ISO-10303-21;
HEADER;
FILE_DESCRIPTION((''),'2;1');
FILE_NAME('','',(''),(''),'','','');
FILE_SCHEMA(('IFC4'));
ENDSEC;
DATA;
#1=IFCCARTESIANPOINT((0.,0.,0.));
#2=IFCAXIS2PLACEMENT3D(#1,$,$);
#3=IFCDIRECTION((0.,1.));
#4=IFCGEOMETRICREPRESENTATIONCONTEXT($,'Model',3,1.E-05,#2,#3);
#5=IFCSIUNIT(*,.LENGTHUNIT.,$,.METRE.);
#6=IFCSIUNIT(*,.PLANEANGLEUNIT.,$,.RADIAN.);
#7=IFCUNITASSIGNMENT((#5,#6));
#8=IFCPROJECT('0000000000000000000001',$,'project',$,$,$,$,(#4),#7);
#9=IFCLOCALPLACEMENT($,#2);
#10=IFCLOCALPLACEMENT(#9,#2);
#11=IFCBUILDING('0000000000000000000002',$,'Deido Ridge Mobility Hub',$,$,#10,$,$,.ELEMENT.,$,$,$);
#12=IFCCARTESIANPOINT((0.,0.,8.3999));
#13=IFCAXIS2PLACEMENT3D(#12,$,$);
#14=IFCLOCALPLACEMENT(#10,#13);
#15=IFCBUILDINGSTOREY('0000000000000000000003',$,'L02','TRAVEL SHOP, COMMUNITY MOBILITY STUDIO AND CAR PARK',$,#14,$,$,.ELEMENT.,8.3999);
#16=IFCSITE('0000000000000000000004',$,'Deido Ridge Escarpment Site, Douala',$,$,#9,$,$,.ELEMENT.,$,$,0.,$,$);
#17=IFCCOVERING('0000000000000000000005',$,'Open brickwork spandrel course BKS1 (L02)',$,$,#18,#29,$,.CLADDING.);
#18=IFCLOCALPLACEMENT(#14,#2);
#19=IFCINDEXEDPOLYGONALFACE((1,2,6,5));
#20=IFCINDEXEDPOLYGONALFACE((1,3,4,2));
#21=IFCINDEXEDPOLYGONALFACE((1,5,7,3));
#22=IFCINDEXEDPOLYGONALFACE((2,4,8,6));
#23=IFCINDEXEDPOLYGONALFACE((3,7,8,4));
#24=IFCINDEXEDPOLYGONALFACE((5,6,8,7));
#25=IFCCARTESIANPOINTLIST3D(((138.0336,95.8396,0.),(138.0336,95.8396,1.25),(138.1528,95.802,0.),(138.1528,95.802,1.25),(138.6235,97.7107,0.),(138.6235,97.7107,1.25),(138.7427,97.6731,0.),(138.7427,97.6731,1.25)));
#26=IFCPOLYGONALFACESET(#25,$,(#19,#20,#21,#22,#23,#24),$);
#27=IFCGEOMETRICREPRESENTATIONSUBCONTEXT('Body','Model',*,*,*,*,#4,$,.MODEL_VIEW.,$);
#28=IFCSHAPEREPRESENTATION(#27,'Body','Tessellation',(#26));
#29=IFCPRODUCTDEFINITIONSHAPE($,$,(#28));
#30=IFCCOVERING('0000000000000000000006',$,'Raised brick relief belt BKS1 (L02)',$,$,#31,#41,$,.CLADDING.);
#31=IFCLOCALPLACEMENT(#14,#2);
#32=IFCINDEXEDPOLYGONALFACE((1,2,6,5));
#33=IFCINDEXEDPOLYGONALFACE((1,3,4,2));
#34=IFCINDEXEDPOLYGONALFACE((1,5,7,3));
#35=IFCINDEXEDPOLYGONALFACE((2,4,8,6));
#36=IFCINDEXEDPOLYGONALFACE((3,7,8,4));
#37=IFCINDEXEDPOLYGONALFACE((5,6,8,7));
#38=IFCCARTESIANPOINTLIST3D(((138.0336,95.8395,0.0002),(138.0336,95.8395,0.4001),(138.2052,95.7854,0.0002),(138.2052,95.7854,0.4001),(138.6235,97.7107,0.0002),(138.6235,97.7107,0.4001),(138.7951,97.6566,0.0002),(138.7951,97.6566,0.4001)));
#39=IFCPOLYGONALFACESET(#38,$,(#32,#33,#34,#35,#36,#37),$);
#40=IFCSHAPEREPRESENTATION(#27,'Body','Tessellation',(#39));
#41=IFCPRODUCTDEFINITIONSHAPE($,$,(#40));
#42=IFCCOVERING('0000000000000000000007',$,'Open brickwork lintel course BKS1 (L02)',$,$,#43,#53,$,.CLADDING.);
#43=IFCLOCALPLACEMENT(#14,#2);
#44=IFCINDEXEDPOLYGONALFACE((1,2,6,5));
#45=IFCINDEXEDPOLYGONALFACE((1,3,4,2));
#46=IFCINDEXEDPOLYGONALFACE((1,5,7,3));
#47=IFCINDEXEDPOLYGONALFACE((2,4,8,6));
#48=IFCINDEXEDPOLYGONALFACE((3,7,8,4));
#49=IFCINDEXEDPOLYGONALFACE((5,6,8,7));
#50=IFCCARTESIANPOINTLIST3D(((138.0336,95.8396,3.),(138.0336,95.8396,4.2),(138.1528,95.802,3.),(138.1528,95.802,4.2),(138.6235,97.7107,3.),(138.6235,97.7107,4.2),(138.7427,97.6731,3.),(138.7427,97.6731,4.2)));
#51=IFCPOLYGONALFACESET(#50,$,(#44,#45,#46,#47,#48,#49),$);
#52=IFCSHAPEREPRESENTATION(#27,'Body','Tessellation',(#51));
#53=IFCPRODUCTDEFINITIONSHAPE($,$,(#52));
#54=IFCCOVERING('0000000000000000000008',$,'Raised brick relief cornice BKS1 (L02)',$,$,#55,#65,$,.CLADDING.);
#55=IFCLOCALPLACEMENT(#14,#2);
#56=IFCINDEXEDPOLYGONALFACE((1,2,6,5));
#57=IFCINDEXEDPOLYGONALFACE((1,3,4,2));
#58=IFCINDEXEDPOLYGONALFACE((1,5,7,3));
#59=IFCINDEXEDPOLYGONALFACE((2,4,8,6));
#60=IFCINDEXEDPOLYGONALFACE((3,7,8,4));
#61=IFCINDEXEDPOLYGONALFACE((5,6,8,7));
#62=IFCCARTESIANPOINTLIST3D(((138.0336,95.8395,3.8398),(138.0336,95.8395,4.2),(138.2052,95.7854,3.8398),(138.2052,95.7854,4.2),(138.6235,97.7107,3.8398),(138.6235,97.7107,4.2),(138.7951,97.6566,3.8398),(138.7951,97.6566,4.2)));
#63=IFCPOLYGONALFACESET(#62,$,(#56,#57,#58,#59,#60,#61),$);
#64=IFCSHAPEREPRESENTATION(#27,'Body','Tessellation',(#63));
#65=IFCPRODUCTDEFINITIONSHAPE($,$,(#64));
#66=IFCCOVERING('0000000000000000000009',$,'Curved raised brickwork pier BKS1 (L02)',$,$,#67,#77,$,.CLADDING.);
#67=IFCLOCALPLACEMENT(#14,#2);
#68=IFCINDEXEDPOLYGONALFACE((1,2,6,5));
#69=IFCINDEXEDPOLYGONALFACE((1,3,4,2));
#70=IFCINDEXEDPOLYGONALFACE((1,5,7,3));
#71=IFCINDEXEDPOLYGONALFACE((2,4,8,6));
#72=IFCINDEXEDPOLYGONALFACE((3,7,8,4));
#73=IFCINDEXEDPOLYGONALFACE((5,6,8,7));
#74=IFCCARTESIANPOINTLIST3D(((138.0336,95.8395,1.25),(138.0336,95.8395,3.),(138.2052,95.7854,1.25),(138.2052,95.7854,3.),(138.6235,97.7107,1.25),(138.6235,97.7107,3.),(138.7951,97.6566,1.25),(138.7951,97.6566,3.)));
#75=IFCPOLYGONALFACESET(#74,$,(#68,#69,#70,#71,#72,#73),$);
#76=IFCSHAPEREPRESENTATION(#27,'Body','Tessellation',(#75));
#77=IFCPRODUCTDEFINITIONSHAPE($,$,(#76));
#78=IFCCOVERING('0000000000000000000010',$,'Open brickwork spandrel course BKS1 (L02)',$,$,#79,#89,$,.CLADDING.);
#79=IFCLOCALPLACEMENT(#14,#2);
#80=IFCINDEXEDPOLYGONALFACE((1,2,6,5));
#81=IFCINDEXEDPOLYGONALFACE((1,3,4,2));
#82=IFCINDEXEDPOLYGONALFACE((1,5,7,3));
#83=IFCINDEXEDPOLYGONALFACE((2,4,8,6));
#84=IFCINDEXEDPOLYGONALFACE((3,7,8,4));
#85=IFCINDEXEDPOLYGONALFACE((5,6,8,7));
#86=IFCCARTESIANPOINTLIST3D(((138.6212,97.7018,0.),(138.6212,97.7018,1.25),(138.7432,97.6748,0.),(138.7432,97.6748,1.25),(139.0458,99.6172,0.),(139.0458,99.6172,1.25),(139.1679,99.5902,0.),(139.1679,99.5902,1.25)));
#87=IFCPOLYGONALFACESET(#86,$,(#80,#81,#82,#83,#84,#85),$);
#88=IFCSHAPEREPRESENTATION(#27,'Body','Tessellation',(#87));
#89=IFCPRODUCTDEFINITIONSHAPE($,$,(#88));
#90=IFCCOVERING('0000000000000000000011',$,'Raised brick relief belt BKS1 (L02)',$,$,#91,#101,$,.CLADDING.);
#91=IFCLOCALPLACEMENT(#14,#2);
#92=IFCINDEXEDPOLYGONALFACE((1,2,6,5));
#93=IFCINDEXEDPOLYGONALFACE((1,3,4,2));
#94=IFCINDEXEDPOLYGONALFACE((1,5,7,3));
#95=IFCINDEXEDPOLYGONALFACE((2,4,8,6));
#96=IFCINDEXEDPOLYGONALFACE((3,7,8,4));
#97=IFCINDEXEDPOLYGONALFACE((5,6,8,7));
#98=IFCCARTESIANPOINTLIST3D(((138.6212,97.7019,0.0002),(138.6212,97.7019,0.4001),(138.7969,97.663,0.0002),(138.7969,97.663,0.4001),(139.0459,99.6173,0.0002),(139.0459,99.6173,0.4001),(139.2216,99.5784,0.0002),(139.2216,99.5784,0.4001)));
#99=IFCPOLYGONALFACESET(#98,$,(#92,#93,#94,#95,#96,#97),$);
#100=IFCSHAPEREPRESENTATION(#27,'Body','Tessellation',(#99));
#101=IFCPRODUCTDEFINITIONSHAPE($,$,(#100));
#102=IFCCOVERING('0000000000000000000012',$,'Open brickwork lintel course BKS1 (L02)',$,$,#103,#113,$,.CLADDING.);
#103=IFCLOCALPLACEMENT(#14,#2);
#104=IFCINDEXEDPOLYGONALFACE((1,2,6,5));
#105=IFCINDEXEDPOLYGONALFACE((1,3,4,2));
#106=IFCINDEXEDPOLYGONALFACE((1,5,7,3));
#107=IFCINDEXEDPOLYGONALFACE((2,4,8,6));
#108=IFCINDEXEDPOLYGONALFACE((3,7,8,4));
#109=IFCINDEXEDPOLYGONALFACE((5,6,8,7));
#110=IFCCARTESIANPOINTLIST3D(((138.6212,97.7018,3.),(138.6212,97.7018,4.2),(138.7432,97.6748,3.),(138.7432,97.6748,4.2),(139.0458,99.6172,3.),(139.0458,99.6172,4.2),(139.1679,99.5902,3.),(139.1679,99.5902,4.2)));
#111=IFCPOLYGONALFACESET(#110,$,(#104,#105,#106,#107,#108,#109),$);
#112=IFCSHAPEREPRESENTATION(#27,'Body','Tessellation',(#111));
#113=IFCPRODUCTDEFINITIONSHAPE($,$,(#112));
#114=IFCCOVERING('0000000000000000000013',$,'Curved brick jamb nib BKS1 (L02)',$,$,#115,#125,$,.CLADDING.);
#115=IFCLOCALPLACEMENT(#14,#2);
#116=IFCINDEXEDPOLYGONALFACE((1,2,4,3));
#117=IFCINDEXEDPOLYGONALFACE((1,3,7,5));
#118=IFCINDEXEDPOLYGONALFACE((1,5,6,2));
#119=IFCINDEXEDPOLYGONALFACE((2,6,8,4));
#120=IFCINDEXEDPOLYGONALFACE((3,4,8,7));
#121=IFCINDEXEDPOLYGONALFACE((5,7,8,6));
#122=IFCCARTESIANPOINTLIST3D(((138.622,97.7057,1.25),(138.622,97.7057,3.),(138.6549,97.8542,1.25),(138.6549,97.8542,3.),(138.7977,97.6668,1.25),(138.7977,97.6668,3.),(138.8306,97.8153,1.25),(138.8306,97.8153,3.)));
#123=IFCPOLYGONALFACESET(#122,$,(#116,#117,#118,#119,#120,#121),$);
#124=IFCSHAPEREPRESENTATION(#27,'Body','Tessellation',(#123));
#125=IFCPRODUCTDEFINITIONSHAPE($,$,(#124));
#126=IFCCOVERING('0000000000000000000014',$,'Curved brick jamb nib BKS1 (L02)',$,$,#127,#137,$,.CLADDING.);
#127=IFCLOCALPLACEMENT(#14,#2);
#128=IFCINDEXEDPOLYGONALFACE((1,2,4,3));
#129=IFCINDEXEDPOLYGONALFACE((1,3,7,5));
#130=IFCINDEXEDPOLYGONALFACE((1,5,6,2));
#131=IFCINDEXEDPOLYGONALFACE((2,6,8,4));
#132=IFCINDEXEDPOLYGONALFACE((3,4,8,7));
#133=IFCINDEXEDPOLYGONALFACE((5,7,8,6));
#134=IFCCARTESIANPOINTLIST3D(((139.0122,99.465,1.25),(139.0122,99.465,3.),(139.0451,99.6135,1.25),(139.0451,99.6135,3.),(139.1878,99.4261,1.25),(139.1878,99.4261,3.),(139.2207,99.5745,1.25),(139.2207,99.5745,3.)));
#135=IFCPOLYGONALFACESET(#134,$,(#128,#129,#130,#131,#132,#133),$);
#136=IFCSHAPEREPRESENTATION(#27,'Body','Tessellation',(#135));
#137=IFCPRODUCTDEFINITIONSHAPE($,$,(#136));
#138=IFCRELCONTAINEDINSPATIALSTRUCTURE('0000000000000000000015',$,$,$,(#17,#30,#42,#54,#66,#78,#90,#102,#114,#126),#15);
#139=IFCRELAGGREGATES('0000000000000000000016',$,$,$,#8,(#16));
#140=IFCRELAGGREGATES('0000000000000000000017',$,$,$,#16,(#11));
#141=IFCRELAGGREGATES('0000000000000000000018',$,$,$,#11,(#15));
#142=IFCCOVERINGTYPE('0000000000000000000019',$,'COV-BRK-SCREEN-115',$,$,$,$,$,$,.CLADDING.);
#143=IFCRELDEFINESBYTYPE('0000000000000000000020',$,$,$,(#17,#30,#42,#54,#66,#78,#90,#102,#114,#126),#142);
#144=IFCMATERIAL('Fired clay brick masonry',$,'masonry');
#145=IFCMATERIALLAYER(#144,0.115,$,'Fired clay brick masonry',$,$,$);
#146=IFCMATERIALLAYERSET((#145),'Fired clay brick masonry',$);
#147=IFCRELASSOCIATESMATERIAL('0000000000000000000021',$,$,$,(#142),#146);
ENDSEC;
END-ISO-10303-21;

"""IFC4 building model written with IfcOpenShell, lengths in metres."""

from ifc_helpers import new_model, si_unit, direction, frame, origin, origin_2d, place, context, subcontext, project, spatial, rectangle, extrude, material, layer, layer_set, type_object, element, save


model = new_model("IFC4")

# Units and contexts
model_context = context("Model", 3, precision=1e-05, world=origin(), true_north=direction((0.0, 1.0)))
body_context = subcontext(model_context, "Body", "Model", "MODEL_VIEW")
ifc_project = project(units=[si_unit("LENGTHUNIT", "METRE"), si_unit("PLANEANGLEUNIT", "RADIAN")], contexts=[model_context])

# Site, building, storey
site_placement = place(None, origin())
site = spatial("IfcSite", under=ifc_project, at=site_placement, Name="Deido Ridge Escarpment Site, Douala", CompositionType="ELEMENT", RefElevation=0.0)
building_placement = place(site_placement, origin())
building = spatial("IfcBuilding", under=site, at=building_placement, Name="Deido Ridge Mobility Hub", CompositionType="ELEMENT")
storey_placement = place(building_placement, frame((0.0, 0.0, 8.3999)))
storey = spatial("IfcBuildingStorey", under=building, at=storey_placement, Name="L02", Description="TRAVEL SHOP, COMMUNITY MOBILITY STUDIO AND CAR PARK", CompositionType="ELEMENT", Elevation=8.3999)

# Coverings
ifc_material_1 = material(Name="Fired clay brick masonry", Category="masonry")
ifc_layer = layer(ifc_material_1, 0.115, Name="Fired clay brick masonry")
ifc_layer_set = layer_set([ifc_layer], Name="Fired clay brick masonry")
covering_type = type_object("IfcCoveringType", Name="COV-BRK-SCREEN-115", PredefinedType="CLADDING", material=ifc_layer_set)
covering_1_placement = place(storey_placement, frame((138.3882, 96.7563, 0.0), z_axis=(0.0, 0.0, 1.0), x_axis=(0.300673, 0.953727, 0.0)))
element("IfcCovering", 1, at=covering_1_placement, inside=storey, type_object=covering_type, Name="Open brickwork spandrel course BKS1 (L02)", PredefinedType="CLADDING", context=body_context, shape_type="SweptSolid", body=[
    extrude(rectangle(XDim=1.9619, YDim=0.125, at=origin_2d()), origin(), (0.0, 0.0, 1.0), 1.25),
])
covering_2_placement = place(storey_placement, frame((138.4143, 96.748, 0.0002), z_axis=(0.0, 0.0, 1.0), x_axis=(0.300673, 0.953727, 0.0)))
element("IfcCovering", 2, at=covering_2_placement, inside=storey, type_object=covering_type, Name="Raised brick relief belt BKS1 (L02)", PredefinedType="CLADDING", context=body_context, shape_type="SweptSolid", body=[
    extrude(rectangle(XDim=1.9619, YDim=0.1799, at=origin_2d()), origin(), (0.0, 0.0, 1.0), 0.3999),
])
covering_3_placement = place(storey_placement, frame((138.3882, 96.7563, 3.0), z_axis=(0.0, 0.0, 1.0), x_axis=(0.300673, 0.953727, 0.0)))
element("IfcCovering", 3, at=covering_3_placement, inside=storey, type_object=covering_type, Name="Open brickwork lintel course BKS1 (L02)", PredefinedType="CLADDING", context=body_context, shape_type="SweptSolid", body=[
    extrude(rectangle(XDim=1.9619, YDim=0.125, at=origin_2d()), origin(), (0.0, 0.0, 1.0), 1.2),
])
covering_4_placement = place(storey_placement, frame((138.4143, 96.748, 3.8398), z_axis=(0.0, 0.0, 1.0), x_axis=(0.300673, 0.953727, 0.0)))
element("IfcCovering", 4, at=covering_4_placement, inside=storey, type_object=covering_type, Name="Raised brick relief cornice BKS1 (L02)", PredefinedType="CLADDING", context=body_context, shape_type="SweptSolid", body=[
    extrude(rectangle(XDim=1.9619, YDim=0.1799, at=origin_2d()), origin(), (0.0, 0.0, 1.0), 0.3601),
])
covering_5_placement = place(storey_placement, frame((138.4143, 96.748, 1.25), z_axis=(0.0, 0.0, 1.0), x_axis=(0.300673, 0.953727, 0.0)))
element("IfcCovering", 5, at=covering_5_placement, inside=storey, type_object=covering_type, Name="Curved raised brickwork pier BKS1 (L02)", PredefinedType="CLADDING", context=body_context, shape_type="SweptSolid", body=[
    extrude(rectangle(XDim=1.9619, YDim=0.1799, at=origin_2d()), origin(), (0.0, 0.0, 1.0), 1.75),
])
covering_6_placement = place(storey_placement, frame((138.8945, 98.646, 0.0), z_axis=(0.0, 0.0, 1.0), x_axis=(0.216457, 0.976292, 0.0)))
element("IfcCovering", 6, at=covering_6_placement, inside=storey, type_object=covering_type, Name="Open brickwork spandrel course BKS1 (L02)", PredefinedType="CLADDING", context=body_context, shape_type="SweptSolid", body=[
    extrude(rectangle(XDim=1.9619, YDim=0.125, at=origin_2d()), origin(), (0.0, 0.0, 1.0), 1.25),
])
covering_7_placement = place(storey_placement, frame((138.9214, 98.6401, 0.0002), z_axis=(0.0, 0.0, 1.0), x_axis=(0.216457, 0.976292, 0.0)))
element("IfcCovering", 7, at=covering_7_placement, inside=storey, type_object=covering_type, Name="Raised brick relief belt BKS1 (L02)", PredefinedType="CLADDING", context=body_context, shape_type="SweptSolid", body=[
    extrude(rectangle(XDim=1.9619, YDim=0.1799, at=origin_2d()), origin(), (0.0, 0.0, 1.0), 0.3999),
])
covering_8_placement = place(storey_placement, frame((138.8945, 98.646, 3.0), z_axis=(0.0, 0.0, 1.0), x_axis=(0.216457, 0.976292, 0.0)))
element("IfcCovering", 8, at=covering_8_placement, inside=storey, type_object=covering_type, Name="Open brickwork lintel course BKS1 (L02)", PredefinedType="CLADDING", context=body_context, shape_type="SweptSolid", body=[
    extrude(rectangle(XDim=1.9619, YDim=0.125, at=origin_2d()), origin(), (0.0, 0.0, 1.0), 1.2),
])
for number, where, z_axis, x_axis, name in (
    (9, (138.7263, 97.7605, 1.25), (0.0, 0.0, 1.0), (0.216457, 0.976292, 0.0), "Curved brick jamb nib BKS1 (L02)"),
    (10, (139.1165, 99.5198, 1.25), (0.0, 0.0, 1.0), (0.216457, 0.976292, 0.0), "Curved brick jamb nib BKS1 (L02)"),
):
    element("IfcCovering", number, at=place(storey_placement, frame(where, z_axis=z_axis, x_axis=x_axis)), inside=storey, type_object=covering_type, Name=name, PredefinedType="CLADDING", context=body_context, shape_type="SweptSolid", body=[
        extrude(rectangle(XDim=0.1521, YDim=0.1799, at=origin_2d()), origin(), (0.0, 0.0, 1.0), 1.75),
    ])

save(model, "model.ifc")
